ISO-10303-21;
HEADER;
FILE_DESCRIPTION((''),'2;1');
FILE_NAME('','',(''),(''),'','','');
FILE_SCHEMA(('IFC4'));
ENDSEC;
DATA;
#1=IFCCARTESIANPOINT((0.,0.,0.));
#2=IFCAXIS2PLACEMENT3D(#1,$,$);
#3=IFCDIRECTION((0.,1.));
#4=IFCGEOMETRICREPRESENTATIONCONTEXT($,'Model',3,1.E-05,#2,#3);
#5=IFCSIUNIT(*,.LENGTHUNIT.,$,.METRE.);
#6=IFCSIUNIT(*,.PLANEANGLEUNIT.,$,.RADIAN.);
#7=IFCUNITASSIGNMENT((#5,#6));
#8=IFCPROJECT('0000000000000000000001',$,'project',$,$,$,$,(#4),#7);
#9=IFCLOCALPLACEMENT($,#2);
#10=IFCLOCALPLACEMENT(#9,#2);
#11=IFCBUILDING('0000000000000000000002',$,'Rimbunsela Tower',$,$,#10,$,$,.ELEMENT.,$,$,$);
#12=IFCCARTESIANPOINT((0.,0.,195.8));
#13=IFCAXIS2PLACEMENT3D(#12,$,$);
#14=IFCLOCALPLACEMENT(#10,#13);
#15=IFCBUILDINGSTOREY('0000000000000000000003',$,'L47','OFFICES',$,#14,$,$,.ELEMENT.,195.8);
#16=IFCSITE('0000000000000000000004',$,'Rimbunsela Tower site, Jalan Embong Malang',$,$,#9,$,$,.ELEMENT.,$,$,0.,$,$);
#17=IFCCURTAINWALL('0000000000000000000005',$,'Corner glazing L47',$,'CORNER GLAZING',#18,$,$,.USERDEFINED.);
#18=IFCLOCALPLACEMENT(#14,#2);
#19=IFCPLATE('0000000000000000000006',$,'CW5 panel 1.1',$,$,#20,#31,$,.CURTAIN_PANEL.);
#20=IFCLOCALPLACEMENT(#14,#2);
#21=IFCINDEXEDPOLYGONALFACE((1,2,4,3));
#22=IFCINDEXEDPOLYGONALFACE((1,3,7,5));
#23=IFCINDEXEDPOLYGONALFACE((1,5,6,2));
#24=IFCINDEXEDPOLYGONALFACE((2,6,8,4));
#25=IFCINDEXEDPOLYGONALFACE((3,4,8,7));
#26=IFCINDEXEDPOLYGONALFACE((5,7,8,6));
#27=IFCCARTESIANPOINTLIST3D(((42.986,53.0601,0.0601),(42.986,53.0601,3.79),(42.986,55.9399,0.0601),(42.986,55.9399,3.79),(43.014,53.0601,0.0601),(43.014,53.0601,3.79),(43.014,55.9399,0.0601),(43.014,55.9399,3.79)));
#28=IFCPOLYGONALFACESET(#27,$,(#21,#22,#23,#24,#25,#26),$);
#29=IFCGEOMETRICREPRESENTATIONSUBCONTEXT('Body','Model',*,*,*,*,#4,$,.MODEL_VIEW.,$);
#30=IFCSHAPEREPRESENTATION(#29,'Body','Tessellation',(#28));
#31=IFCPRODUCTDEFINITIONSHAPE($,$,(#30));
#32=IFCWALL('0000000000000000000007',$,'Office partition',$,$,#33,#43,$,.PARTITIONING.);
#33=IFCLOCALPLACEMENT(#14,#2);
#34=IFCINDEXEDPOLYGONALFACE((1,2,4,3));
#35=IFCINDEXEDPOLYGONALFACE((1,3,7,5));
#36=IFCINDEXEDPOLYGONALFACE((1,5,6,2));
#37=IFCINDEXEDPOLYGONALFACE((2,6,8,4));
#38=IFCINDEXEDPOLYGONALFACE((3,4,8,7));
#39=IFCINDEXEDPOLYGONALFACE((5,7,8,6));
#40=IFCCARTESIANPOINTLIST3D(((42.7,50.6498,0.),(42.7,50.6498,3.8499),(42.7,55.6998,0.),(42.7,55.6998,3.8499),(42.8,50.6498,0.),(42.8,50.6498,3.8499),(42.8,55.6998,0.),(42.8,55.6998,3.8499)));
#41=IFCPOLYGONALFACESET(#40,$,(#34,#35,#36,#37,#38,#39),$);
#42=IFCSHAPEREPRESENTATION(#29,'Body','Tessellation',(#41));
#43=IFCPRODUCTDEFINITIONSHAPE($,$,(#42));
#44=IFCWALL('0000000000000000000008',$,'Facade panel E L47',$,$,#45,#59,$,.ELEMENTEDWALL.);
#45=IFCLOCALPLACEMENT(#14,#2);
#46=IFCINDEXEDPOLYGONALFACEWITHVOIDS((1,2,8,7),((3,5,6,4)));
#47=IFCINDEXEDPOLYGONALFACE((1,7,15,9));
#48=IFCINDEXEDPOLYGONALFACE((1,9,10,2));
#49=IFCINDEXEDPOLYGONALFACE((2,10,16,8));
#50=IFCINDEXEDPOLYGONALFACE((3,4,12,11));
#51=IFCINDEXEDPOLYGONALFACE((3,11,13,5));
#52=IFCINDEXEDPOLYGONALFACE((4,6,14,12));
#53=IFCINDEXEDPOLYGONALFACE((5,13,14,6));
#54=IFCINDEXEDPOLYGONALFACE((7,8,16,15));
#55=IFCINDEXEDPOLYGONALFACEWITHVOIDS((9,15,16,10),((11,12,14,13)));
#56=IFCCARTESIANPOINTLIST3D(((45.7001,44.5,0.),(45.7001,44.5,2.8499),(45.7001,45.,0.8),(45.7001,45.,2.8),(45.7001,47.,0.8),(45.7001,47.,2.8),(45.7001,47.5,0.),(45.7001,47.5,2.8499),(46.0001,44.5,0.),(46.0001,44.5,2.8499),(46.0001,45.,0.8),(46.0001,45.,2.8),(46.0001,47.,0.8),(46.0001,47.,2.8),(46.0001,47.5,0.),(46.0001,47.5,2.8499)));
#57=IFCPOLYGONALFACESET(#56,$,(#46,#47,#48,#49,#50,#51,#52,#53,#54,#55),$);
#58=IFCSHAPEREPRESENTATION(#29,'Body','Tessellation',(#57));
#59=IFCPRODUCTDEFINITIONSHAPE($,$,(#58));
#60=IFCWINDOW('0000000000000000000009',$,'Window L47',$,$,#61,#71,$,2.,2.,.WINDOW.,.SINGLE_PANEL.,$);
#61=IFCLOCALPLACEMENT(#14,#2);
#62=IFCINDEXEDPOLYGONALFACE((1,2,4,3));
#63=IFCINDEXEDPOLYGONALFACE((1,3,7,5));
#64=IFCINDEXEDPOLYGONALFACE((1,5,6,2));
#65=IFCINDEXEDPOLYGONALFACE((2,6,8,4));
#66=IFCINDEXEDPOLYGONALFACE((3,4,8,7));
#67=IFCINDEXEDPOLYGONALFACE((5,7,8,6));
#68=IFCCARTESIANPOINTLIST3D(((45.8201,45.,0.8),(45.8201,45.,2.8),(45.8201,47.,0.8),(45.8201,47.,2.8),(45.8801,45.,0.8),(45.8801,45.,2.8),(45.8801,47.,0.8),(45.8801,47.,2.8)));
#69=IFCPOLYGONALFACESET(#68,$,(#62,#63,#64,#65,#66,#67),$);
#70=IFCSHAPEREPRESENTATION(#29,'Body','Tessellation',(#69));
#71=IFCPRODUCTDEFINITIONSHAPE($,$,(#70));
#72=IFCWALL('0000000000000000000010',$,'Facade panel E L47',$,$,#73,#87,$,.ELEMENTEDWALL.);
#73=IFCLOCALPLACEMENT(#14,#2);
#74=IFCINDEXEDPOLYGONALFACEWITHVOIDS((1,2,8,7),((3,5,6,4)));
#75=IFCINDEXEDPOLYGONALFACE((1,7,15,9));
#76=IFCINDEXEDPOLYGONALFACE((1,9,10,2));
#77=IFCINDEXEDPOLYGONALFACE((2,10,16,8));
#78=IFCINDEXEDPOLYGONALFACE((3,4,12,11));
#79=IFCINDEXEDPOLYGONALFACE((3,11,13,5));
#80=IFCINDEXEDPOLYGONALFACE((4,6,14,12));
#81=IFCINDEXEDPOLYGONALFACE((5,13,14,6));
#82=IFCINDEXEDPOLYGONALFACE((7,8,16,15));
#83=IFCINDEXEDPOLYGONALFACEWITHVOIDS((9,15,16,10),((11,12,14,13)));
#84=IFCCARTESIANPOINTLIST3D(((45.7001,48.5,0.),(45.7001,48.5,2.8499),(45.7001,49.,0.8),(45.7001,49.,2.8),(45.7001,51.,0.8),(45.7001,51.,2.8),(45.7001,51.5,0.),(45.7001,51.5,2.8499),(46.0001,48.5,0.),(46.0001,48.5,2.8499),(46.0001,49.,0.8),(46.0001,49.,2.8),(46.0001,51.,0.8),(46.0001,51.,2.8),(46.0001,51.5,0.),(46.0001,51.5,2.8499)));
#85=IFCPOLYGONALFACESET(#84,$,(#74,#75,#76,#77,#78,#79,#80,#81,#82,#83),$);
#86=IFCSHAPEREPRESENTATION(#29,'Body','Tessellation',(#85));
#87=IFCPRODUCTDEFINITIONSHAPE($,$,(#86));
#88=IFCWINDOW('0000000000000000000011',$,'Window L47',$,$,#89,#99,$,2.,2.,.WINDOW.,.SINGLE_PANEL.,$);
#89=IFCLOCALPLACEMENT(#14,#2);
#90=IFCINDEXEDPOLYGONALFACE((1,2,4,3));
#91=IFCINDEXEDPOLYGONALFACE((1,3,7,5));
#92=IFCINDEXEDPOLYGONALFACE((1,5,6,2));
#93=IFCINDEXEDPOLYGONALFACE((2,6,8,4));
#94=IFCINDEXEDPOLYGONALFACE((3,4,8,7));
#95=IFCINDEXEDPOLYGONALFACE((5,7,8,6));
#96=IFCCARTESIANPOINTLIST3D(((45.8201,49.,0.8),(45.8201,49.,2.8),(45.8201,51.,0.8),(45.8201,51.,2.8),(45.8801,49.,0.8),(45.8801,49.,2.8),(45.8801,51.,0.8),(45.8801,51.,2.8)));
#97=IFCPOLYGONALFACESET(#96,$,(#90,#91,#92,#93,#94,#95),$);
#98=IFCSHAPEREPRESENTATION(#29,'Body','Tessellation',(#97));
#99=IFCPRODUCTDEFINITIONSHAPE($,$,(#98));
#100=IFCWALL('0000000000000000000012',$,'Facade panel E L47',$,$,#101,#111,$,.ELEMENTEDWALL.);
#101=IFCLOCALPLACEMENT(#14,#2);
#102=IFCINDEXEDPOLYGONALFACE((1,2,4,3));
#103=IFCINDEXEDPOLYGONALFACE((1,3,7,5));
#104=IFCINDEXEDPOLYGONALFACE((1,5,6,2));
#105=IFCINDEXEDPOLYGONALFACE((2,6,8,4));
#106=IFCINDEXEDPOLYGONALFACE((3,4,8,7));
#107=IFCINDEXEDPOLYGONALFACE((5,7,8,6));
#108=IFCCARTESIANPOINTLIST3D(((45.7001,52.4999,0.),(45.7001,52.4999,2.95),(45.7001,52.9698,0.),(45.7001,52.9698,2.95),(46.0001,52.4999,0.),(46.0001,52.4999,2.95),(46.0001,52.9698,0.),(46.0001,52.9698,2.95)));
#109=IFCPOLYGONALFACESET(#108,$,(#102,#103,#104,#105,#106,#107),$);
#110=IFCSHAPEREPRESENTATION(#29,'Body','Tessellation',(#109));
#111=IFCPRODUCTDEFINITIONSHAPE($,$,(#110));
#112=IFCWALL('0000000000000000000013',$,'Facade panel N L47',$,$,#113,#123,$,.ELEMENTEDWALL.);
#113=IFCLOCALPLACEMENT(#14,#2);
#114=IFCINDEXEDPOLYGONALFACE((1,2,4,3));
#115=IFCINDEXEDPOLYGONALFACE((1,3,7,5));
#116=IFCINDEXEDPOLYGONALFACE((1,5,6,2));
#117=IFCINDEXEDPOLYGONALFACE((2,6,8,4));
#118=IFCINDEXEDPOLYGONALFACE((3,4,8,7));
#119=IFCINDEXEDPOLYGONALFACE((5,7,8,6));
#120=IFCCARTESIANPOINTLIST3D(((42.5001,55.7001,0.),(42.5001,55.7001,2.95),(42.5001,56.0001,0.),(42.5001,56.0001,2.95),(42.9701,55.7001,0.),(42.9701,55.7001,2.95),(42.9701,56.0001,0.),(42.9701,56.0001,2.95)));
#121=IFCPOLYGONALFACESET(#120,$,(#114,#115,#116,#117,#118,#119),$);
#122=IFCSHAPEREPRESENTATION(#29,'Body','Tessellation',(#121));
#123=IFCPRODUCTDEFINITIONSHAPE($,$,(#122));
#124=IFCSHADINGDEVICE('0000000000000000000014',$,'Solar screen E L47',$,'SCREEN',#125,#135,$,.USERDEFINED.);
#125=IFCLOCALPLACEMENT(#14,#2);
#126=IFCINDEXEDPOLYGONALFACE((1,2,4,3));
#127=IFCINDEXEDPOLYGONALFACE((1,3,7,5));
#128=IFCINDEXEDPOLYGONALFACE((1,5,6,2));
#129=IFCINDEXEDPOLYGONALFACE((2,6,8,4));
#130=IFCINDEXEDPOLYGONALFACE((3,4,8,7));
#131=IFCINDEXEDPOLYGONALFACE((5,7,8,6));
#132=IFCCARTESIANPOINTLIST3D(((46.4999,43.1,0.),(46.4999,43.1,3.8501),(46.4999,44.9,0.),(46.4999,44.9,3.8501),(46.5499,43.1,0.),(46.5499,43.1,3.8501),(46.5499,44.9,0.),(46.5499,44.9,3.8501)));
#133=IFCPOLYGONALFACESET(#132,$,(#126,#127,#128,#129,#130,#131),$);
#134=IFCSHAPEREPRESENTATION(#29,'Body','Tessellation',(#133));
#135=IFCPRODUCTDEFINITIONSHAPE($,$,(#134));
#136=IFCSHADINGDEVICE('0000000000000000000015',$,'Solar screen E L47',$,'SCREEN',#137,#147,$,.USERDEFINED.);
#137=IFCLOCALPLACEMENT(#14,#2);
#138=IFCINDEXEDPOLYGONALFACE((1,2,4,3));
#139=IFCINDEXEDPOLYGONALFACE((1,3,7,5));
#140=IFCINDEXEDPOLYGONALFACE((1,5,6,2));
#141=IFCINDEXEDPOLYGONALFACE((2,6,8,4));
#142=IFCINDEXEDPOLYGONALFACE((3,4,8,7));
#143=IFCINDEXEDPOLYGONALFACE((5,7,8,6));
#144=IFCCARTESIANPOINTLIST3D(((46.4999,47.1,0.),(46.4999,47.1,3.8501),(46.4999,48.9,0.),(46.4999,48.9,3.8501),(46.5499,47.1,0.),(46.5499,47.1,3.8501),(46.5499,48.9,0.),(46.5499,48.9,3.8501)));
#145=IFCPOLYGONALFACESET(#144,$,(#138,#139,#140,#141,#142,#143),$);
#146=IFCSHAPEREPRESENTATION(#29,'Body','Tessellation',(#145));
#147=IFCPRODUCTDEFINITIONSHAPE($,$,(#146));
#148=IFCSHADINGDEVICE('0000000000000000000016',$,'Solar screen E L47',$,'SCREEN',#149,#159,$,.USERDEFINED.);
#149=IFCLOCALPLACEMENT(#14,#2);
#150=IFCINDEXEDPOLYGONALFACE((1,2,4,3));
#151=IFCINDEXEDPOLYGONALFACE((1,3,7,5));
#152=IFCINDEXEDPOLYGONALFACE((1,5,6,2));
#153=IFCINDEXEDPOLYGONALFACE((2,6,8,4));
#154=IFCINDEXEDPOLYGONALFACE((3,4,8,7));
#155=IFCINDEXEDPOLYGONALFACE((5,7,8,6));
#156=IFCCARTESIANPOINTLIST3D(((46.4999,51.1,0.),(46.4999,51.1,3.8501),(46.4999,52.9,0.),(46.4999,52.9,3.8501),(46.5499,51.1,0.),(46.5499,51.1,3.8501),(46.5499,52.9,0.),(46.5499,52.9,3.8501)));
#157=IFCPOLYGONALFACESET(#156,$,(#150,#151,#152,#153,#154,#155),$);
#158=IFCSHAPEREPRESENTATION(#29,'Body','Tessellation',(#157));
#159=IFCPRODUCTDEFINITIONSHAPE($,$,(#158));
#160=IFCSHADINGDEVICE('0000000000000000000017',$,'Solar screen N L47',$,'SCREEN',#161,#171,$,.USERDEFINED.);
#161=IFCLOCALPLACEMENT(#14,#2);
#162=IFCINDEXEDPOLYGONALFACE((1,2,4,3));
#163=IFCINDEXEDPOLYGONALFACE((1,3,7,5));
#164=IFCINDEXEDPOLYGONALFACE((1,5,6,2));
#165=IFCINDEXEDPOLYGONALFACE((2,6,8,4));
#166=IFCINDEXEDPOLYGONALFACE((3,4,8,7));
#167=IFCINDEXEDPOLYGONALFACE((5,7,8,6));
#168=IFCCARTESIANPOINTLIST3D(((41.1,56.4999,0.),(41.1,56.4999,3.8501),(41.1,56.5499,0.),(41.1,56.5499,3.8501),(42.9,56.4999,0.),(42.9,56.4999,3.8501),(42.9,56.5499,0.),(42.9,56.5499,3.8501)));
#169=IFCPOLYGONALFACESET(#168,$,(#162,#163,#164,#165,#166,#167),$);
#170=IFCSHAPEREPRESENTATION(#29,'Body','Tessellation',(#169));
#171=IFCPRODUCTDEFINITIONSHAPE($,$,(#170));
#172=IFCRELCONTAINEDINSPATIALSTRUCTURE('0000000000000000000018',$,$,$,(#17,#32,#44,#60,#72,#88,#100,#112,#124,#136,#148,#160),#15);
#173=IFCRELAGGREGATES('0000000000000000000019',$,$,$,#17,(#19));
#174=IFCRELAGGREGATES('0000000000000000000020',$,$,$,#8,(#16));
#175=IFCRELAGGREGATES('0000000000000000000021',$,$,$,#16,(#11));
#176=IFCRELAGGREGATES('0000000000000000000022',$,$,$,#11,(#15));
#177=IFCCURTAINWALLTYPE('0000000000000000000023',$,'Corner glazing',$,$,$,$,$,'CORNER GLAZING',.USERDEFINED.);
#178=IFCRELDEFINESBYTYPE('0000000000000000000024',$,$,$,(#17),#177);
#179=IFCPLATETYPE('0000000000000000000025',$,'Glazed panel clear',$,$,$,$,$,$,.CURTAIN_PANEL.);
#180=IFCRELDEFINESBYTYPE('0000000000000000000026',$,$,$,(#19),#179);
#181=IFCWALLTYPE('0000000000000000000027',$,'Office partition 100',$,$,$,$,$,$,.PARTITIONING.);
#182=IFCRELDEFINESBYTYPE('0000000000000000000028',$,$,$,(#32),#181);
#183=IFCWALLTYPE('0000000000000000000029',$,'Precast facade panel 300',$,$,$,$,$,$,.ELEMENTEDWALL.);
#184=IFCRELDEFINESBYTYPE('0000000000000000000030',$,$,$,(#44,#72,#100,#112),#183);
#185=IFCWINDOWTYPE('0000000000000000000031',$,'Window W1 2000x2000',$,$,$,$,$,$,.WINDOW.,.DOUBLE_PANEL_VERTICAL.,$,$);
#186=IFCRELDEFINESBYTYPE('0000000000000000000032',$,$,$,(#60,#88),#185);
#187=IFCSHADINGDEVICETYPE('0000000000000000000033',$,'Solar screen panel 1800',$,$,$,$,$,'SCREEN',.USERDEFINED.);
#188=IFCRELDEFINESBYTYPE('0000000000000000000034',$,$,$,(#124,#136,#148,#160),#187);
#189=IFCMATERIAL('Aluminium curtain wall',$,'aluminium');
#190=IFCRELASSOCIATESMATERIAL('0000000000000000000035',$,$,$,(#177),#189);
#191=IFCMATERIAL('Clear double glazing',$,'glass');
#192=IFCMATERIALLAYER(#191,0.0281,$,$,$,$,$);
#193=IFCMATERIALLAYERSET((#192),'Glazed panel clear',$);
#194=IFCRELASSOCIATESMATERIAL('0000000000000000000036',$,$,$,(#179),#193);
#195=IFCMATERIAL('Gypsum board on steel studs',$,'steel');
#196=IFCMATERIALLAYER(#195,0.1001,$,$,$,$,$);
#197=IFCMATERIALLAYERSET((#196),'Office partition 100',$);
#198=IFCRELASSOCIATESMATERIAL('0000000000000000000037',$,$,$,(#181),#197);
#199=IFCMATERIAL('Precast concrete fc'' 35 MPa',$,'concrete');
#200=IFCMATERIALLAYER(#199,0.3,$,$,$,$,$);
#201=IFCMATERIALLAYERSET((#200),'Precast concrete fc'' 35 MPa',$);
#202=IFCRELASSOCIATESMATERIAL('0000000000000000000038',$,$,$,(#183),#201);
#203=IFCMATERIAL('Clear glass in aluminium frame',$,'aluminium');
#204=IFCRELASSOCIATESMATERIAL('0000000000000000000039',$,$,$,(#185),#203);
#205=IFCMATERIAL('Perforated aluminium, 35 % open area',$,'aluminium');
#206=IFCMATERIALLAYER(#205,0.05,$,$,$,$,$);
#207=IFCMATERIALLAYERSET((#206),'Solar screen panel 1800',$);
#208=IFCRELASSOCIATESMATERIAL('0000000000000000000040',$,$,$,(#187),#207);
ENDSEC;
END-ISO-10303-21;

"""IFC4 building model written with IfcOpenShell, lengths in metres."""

from ifc_helpers import new_model, si_unit, direction, frame, frame_2d, origin, origin_2d, place, context, subcontext, project, spatial, rectangle, extrude, material, layer, layer_set, type_object, element, fill, aggregate, save


model = new_model("IFC4")

# Units and contexts
model_context = context("Model", 3, precision=1e-05, world=origin(), true_north=direction((0.0, 1.0)))
body_context = subcontext(model_context, "Body", "Model", "MODEL_VIEW")
ifc_project = project(units=[si_unit("LENGTHUNIT", "METRE"), si_unit("PLANEANGLEUNIT", "RADIAN")], contexts=[model_context])

# Site, building, storey
site_placement = place(None, origin())
site = spatial("IfcSite", under=ifc_project, at=site_placement, Name="Rimbunsela Tower site, Jalan Embong Malang", CompositionType="ELEMENT", RefElevation=0.0)
building_placement = place(site_placement, origin())
building = spatial("IfcBuilding", under=site, at=building_placement, Name="Rimbunsela Tower", CompositionType="ELEMENT")
storey_placement = place(building_placement, frame((0.0, 0.0, 195.8)))
storey = spatial("IfcBuildingStorey", under=building, at=storey_placement, Name="L47", Description="OFFICES", CompositionType="ELEMENT", Elevation=195.8)

# Curtain wall
ifc_material_1 = material(Name="Aluminium curtain wall", Category="aluminium")
curtain_wall_type = type_object("IfcCurtainWallType", Name="Corner glazing", ElementType="CORNER GLAZING", PredefinedType="USERDEFINED", material=ifc_material_1)
curtain_wall_1_placement = place(storey_placement, origin())
curtain_wall_1 = element("IfcCurtainWall", 1, at=curtain_wall_1_placement, inside=storey, type_object=curtain_wall_type, Name="Corner glazing L47", ObjectType="CORNER GLAZING", PredefinedType="USERDEFINED")

# Plate
ifc_material_2 = material(Name="Clear double glazing", Category="glass")
ifc_layer_1 = layer(ifc_material_2, 0.0281)
ifc_layer_set_1 = layer_set([ifc_layer_1], Name="Glazed panel clear")
plate_type = type_object("IfcPlateType", Name="Glazed panel clear", PredefinedType="CURTAIN_PANEL", material=ifc_layer_set_1)
plate_1_placement = place(storey_placement, frame((43.0, 54.5, 0.0601), z_axis=(0.0, 0.0, 1.0), x_axis=(0.0, 1.0, 0.0)))
plate_1 = element("IfcPlate", 2, at=plate_1_placement, type_object=plate_type, Name="CW5 panel 1.1", PredefinedType="CURTAIN_PANEL", context=body_context, shape_type="SweptSolid", body=[
    extrude(rectangle(XDim=2.8799, YDim=0.0281, at=origin_2d()), origin(), (0.0, 0.0, 1.0), 3.73),
])
aggregate(curtain_wall_1, [plate_1])

# Wall
ifc_material_3 = material(Name="Gypsum board on steel studs", Category="steel")
ifc_layer_2 = layer(ifc_material_3, 0.1001)
ifc_layer_set_2 = layer_set([ifc_layer_2], Name="Office partition 100")
wall_type_1 = type_object("IfcWallType", Name="Office partition 100", PredefinedType="PARTITIONING", material=ifc_layer_set_2)
wall_1_placement = place(storey_placement, frame((42.75, 50.6499, 0.0), z_axis=(0.0, 0.0, 1.0), x_axis=(0.0, 1.0, 0.0)))
element("IfcWall", 3, at=wall_1_placement, inside=storey, type_object=wall_type_1, Name="Office partition", PredefinedType="PARTITIONING", context=body_context, shape_type="SweptSolid", body=[
    extrude(rectangle(XDim=5.05, YDim=0.1001, at=frame_2d((2.5249, 0.0))), origin(), (0.0, 0.0, 1.0), 3.8499),
])

# Walls, openings, windows
ifc_material_4 = material(Name="Precast concrete fc' 35 MPa", Category="concrete")
ifc_layer_3 = layer(ifc_material_4, 0.3)
ifc_layer_set_3 = layer_set([ifc_layer_3], Name="Precast concrete fc' 35 MPa")
wall_type_2 = type_object("IfcWallType", Name="Precast facade panel 300", PredefinedType="ELEMENTEDWALL", material=ifc_layer_set_3)
wall_2_placement = place(storey_placement, frame((45.8501, 44.5, 0.0), z_axis=(0.0, 0.0, 1.0), x_axis=(0.0, 1.0, 0.0)))
wall_2 = element("IfcWall", 4, at=wall_2_placement, inside=storey, type_object=wall_type_2, Name="Facade panel E L47", PredefinedType="ELEMENTEDWALL", context=body_context, shape_type="SweptSolid", body=[
    extrude(rectangle(XDim=3.0, YDim=0.3, at=frame_2d((1.5, 0.0))), origin(), (0.0, 0.0, 1.0), 2.8499),
])
opening_1_placement = place(wall_2_placement, frame((0.5, 0.0, 0.8)))
opening_1 = element("IfcOpeningElement", 5, at=opening_1_placement, cuts=wall_2, PredefinedType="OPENING", context=body_context, shape_type="SweptSolid", body=[
    extrude(rectangle(XDim=2.0, YDim=2.0, at=frame_2d((1.0, 1.0))), frame((0.0, 0.1599, 0.0), z_axis=(0.0, -1.0, 0.0), x_axis=(1.0, 0.0, 0.0)), (0.0, 0.0, 1.0), 0.3201),
])
ifc_material_5 = material(Name="Clear glass in aluminium frame", Category="aluminium")
window_type = type_object("IfcWindowType", Name="Window W1 2000x2000", PartitioningType="DOUBLE_PANEL_VERTICAL", PredefinedType="WINDOW", material=ifc_material_5)
window_1_placement = place(opening_1_placement, origin())
window_1 = element("IfcWindow", 6, at=window_1_placement, inside=storey, type_object=window_type, Name="Window L47", OverallHeight=2.0, OverallWidth=2.0, PartitioningType="SINGLE_PANEL", PredefinedType="WINDOW", context=body_context, shape_type="SweptSolid", body=[
    extrude(rectangle(XDim=2.0, YDim=2.0, at=frame_2d((1.0, 1.0))), frame((0.0, 0.03, 0.0), z_axis=(0.0, -1.0, 0.0), x_axis=(1.0, 0.0, 0.0)), (0.0, 0.0, 1.0), 0.0601),
])
fill(opening_1, window_1)
wall_3_placement = place(storey_placement, frame((45.8501, 48.5, 0.0), z_axis=(0.0, 0.0, 1.0), x_axis=(0.0, 1.0, 0.0)))
wall_3 = element("IfcWall", 7, at=wall_3_placement, inside=storey, type_object=wall_type_2, Name="Facade panel E L47", PredefinedType="ELEMENTEDWALL", context=body_context, shape_type="SweptSolid", body=[
    extrude(rectangle(XDim=3.0, YDim=0.3, at=frame_2d((1.5, 0.0))), origin(), (0.0, 0.0, 1.0), 2.8499),
])
opening_2_placement = place(wall_3_placement, frame((0.5, 0.0, 0.8)))
opening_2 = element("IfcOpeningElement", 8, at=opening_2_placement, cuts=wall_3, PredefinedType="OPENING", context=body_context, shape_type="SweptSolid", body=[
    extrude(rectangle(XDim=2.0, YDim=2.0, at=frame_2d((1.0, 1.0))), frame((0.0, 0.1599, 0.0), z_axis=(0.0, -1.0, 0.0), x_axis=(1.0, 0.0, 0.0)), (0.0, 0.0, 1.0), 0.3201),
])
window_2_placement = place(opening_2_placement, origin())
window_2 = element("IfcWindow", 9, at=window_2_placement, inside=storey, type_object=window_type, Name="Window L47", OverallHeight=2.0, OverallWidth=2.0, PartitioningType="SINGLE_PANEL", PredefinedType="WINDOW", context=body_context, shape_type="SweptSolid", body=[
    extrude(rectangle(XDim=2.0, YDim=2.0, at=frame_2d((1.0, 1.0))), frame((0.0, 0.03, 0.0), z_axis=(0.0, -1.0, 0.0), x_axis=(1.0, 0.0, 0.0)), (0.0, 0.0, 1.0), 0.0601),
])
fill(opening_2, window_2)

# Walls
for number, where, z_axis, x_axis, name in (
    (10, (45.8501, 52.5, 0.0), (0.0, 0.0, 1.0), (0.0, 1.0, 0.0), "Facade panel E L47"),
    (11, (42.97, 55.8501, 0.0), (0.0, 0.0, 1.0), (-1.0, 0.0, 0.0), "Facade panel N L47"),
):
    element("IfcWall", number, at=place(storey_placement, frame(where, z_axis=z_axis, x_axis=x_axis)), inside=storey, type_object=wall_type_2, Name=name, PredefinedType="ELEMENTEDWALL", context=body_context, shape_type="SweptSolid", body=[
        extrude(rectangle(XDim=0.47, YDim=0.3, at=frame_2d((0.2349, 0.0))), origin(), (0.0, 0.0, 1.0), 2.95),
    ])

# Shading devices
ifc_material_6 = material(Name="Perforated aluminium, 35 % open area", Category="aluminium")
ifc_layer_4 = layer(ifc_material_6, 0.05)
ifc_layer_set_4 = layer_set([ifc_layer_4], Name="Solar screen panel 1800")
shading_device_type = type_object("IfcShadingDeviceType", Name="Solar screen panel 1800", ElementType="SCREEN", PredefinedType="USERDEFINED", material=ifc_layer_set_4)
for number, where, z_axis, x_axis, name in (
    (12, (46.5249, 44.0, 0.0), (0.0, 0.0, 1.0), (0.0, 1.0, 0.0), "Solar screen E L47"),
    (13, (46.5249, 48.0, 0.0), (0.0, 0.0, 1.0), (0.0, 1.0, 0.0), "Solar screen E L47"),
    (14, (46.5249, 52.0, 0.0), (0.0, 0.0, 1.0), (0.0, 1.0, 0.0), "Solar screen E L47"),
    (15, (42.0, 56.5249, 0.0), (0.0, 0.0, 1.0), (1.0, 0.0, 0.0), "Solar screen N L47"),
):
    element("IfcShadingDevice", number, at=place(storey_placement, frame(where, z_axis=z_axis, x_axis=x_axis)), inside=storey, type_object=shading_device_type, Name=name, ObjectType="SCREEN", PredefinedType="USERDEFINED", context=body_context, shape_type="SweptSolid", body=[
        extrude(rectangle(XDim=1.8, YDim=0.05, at=origin_2d()), origin(), (0.0, 0.0, 1.0), 3.8501),
    ])

save(model, "model.ifc")
